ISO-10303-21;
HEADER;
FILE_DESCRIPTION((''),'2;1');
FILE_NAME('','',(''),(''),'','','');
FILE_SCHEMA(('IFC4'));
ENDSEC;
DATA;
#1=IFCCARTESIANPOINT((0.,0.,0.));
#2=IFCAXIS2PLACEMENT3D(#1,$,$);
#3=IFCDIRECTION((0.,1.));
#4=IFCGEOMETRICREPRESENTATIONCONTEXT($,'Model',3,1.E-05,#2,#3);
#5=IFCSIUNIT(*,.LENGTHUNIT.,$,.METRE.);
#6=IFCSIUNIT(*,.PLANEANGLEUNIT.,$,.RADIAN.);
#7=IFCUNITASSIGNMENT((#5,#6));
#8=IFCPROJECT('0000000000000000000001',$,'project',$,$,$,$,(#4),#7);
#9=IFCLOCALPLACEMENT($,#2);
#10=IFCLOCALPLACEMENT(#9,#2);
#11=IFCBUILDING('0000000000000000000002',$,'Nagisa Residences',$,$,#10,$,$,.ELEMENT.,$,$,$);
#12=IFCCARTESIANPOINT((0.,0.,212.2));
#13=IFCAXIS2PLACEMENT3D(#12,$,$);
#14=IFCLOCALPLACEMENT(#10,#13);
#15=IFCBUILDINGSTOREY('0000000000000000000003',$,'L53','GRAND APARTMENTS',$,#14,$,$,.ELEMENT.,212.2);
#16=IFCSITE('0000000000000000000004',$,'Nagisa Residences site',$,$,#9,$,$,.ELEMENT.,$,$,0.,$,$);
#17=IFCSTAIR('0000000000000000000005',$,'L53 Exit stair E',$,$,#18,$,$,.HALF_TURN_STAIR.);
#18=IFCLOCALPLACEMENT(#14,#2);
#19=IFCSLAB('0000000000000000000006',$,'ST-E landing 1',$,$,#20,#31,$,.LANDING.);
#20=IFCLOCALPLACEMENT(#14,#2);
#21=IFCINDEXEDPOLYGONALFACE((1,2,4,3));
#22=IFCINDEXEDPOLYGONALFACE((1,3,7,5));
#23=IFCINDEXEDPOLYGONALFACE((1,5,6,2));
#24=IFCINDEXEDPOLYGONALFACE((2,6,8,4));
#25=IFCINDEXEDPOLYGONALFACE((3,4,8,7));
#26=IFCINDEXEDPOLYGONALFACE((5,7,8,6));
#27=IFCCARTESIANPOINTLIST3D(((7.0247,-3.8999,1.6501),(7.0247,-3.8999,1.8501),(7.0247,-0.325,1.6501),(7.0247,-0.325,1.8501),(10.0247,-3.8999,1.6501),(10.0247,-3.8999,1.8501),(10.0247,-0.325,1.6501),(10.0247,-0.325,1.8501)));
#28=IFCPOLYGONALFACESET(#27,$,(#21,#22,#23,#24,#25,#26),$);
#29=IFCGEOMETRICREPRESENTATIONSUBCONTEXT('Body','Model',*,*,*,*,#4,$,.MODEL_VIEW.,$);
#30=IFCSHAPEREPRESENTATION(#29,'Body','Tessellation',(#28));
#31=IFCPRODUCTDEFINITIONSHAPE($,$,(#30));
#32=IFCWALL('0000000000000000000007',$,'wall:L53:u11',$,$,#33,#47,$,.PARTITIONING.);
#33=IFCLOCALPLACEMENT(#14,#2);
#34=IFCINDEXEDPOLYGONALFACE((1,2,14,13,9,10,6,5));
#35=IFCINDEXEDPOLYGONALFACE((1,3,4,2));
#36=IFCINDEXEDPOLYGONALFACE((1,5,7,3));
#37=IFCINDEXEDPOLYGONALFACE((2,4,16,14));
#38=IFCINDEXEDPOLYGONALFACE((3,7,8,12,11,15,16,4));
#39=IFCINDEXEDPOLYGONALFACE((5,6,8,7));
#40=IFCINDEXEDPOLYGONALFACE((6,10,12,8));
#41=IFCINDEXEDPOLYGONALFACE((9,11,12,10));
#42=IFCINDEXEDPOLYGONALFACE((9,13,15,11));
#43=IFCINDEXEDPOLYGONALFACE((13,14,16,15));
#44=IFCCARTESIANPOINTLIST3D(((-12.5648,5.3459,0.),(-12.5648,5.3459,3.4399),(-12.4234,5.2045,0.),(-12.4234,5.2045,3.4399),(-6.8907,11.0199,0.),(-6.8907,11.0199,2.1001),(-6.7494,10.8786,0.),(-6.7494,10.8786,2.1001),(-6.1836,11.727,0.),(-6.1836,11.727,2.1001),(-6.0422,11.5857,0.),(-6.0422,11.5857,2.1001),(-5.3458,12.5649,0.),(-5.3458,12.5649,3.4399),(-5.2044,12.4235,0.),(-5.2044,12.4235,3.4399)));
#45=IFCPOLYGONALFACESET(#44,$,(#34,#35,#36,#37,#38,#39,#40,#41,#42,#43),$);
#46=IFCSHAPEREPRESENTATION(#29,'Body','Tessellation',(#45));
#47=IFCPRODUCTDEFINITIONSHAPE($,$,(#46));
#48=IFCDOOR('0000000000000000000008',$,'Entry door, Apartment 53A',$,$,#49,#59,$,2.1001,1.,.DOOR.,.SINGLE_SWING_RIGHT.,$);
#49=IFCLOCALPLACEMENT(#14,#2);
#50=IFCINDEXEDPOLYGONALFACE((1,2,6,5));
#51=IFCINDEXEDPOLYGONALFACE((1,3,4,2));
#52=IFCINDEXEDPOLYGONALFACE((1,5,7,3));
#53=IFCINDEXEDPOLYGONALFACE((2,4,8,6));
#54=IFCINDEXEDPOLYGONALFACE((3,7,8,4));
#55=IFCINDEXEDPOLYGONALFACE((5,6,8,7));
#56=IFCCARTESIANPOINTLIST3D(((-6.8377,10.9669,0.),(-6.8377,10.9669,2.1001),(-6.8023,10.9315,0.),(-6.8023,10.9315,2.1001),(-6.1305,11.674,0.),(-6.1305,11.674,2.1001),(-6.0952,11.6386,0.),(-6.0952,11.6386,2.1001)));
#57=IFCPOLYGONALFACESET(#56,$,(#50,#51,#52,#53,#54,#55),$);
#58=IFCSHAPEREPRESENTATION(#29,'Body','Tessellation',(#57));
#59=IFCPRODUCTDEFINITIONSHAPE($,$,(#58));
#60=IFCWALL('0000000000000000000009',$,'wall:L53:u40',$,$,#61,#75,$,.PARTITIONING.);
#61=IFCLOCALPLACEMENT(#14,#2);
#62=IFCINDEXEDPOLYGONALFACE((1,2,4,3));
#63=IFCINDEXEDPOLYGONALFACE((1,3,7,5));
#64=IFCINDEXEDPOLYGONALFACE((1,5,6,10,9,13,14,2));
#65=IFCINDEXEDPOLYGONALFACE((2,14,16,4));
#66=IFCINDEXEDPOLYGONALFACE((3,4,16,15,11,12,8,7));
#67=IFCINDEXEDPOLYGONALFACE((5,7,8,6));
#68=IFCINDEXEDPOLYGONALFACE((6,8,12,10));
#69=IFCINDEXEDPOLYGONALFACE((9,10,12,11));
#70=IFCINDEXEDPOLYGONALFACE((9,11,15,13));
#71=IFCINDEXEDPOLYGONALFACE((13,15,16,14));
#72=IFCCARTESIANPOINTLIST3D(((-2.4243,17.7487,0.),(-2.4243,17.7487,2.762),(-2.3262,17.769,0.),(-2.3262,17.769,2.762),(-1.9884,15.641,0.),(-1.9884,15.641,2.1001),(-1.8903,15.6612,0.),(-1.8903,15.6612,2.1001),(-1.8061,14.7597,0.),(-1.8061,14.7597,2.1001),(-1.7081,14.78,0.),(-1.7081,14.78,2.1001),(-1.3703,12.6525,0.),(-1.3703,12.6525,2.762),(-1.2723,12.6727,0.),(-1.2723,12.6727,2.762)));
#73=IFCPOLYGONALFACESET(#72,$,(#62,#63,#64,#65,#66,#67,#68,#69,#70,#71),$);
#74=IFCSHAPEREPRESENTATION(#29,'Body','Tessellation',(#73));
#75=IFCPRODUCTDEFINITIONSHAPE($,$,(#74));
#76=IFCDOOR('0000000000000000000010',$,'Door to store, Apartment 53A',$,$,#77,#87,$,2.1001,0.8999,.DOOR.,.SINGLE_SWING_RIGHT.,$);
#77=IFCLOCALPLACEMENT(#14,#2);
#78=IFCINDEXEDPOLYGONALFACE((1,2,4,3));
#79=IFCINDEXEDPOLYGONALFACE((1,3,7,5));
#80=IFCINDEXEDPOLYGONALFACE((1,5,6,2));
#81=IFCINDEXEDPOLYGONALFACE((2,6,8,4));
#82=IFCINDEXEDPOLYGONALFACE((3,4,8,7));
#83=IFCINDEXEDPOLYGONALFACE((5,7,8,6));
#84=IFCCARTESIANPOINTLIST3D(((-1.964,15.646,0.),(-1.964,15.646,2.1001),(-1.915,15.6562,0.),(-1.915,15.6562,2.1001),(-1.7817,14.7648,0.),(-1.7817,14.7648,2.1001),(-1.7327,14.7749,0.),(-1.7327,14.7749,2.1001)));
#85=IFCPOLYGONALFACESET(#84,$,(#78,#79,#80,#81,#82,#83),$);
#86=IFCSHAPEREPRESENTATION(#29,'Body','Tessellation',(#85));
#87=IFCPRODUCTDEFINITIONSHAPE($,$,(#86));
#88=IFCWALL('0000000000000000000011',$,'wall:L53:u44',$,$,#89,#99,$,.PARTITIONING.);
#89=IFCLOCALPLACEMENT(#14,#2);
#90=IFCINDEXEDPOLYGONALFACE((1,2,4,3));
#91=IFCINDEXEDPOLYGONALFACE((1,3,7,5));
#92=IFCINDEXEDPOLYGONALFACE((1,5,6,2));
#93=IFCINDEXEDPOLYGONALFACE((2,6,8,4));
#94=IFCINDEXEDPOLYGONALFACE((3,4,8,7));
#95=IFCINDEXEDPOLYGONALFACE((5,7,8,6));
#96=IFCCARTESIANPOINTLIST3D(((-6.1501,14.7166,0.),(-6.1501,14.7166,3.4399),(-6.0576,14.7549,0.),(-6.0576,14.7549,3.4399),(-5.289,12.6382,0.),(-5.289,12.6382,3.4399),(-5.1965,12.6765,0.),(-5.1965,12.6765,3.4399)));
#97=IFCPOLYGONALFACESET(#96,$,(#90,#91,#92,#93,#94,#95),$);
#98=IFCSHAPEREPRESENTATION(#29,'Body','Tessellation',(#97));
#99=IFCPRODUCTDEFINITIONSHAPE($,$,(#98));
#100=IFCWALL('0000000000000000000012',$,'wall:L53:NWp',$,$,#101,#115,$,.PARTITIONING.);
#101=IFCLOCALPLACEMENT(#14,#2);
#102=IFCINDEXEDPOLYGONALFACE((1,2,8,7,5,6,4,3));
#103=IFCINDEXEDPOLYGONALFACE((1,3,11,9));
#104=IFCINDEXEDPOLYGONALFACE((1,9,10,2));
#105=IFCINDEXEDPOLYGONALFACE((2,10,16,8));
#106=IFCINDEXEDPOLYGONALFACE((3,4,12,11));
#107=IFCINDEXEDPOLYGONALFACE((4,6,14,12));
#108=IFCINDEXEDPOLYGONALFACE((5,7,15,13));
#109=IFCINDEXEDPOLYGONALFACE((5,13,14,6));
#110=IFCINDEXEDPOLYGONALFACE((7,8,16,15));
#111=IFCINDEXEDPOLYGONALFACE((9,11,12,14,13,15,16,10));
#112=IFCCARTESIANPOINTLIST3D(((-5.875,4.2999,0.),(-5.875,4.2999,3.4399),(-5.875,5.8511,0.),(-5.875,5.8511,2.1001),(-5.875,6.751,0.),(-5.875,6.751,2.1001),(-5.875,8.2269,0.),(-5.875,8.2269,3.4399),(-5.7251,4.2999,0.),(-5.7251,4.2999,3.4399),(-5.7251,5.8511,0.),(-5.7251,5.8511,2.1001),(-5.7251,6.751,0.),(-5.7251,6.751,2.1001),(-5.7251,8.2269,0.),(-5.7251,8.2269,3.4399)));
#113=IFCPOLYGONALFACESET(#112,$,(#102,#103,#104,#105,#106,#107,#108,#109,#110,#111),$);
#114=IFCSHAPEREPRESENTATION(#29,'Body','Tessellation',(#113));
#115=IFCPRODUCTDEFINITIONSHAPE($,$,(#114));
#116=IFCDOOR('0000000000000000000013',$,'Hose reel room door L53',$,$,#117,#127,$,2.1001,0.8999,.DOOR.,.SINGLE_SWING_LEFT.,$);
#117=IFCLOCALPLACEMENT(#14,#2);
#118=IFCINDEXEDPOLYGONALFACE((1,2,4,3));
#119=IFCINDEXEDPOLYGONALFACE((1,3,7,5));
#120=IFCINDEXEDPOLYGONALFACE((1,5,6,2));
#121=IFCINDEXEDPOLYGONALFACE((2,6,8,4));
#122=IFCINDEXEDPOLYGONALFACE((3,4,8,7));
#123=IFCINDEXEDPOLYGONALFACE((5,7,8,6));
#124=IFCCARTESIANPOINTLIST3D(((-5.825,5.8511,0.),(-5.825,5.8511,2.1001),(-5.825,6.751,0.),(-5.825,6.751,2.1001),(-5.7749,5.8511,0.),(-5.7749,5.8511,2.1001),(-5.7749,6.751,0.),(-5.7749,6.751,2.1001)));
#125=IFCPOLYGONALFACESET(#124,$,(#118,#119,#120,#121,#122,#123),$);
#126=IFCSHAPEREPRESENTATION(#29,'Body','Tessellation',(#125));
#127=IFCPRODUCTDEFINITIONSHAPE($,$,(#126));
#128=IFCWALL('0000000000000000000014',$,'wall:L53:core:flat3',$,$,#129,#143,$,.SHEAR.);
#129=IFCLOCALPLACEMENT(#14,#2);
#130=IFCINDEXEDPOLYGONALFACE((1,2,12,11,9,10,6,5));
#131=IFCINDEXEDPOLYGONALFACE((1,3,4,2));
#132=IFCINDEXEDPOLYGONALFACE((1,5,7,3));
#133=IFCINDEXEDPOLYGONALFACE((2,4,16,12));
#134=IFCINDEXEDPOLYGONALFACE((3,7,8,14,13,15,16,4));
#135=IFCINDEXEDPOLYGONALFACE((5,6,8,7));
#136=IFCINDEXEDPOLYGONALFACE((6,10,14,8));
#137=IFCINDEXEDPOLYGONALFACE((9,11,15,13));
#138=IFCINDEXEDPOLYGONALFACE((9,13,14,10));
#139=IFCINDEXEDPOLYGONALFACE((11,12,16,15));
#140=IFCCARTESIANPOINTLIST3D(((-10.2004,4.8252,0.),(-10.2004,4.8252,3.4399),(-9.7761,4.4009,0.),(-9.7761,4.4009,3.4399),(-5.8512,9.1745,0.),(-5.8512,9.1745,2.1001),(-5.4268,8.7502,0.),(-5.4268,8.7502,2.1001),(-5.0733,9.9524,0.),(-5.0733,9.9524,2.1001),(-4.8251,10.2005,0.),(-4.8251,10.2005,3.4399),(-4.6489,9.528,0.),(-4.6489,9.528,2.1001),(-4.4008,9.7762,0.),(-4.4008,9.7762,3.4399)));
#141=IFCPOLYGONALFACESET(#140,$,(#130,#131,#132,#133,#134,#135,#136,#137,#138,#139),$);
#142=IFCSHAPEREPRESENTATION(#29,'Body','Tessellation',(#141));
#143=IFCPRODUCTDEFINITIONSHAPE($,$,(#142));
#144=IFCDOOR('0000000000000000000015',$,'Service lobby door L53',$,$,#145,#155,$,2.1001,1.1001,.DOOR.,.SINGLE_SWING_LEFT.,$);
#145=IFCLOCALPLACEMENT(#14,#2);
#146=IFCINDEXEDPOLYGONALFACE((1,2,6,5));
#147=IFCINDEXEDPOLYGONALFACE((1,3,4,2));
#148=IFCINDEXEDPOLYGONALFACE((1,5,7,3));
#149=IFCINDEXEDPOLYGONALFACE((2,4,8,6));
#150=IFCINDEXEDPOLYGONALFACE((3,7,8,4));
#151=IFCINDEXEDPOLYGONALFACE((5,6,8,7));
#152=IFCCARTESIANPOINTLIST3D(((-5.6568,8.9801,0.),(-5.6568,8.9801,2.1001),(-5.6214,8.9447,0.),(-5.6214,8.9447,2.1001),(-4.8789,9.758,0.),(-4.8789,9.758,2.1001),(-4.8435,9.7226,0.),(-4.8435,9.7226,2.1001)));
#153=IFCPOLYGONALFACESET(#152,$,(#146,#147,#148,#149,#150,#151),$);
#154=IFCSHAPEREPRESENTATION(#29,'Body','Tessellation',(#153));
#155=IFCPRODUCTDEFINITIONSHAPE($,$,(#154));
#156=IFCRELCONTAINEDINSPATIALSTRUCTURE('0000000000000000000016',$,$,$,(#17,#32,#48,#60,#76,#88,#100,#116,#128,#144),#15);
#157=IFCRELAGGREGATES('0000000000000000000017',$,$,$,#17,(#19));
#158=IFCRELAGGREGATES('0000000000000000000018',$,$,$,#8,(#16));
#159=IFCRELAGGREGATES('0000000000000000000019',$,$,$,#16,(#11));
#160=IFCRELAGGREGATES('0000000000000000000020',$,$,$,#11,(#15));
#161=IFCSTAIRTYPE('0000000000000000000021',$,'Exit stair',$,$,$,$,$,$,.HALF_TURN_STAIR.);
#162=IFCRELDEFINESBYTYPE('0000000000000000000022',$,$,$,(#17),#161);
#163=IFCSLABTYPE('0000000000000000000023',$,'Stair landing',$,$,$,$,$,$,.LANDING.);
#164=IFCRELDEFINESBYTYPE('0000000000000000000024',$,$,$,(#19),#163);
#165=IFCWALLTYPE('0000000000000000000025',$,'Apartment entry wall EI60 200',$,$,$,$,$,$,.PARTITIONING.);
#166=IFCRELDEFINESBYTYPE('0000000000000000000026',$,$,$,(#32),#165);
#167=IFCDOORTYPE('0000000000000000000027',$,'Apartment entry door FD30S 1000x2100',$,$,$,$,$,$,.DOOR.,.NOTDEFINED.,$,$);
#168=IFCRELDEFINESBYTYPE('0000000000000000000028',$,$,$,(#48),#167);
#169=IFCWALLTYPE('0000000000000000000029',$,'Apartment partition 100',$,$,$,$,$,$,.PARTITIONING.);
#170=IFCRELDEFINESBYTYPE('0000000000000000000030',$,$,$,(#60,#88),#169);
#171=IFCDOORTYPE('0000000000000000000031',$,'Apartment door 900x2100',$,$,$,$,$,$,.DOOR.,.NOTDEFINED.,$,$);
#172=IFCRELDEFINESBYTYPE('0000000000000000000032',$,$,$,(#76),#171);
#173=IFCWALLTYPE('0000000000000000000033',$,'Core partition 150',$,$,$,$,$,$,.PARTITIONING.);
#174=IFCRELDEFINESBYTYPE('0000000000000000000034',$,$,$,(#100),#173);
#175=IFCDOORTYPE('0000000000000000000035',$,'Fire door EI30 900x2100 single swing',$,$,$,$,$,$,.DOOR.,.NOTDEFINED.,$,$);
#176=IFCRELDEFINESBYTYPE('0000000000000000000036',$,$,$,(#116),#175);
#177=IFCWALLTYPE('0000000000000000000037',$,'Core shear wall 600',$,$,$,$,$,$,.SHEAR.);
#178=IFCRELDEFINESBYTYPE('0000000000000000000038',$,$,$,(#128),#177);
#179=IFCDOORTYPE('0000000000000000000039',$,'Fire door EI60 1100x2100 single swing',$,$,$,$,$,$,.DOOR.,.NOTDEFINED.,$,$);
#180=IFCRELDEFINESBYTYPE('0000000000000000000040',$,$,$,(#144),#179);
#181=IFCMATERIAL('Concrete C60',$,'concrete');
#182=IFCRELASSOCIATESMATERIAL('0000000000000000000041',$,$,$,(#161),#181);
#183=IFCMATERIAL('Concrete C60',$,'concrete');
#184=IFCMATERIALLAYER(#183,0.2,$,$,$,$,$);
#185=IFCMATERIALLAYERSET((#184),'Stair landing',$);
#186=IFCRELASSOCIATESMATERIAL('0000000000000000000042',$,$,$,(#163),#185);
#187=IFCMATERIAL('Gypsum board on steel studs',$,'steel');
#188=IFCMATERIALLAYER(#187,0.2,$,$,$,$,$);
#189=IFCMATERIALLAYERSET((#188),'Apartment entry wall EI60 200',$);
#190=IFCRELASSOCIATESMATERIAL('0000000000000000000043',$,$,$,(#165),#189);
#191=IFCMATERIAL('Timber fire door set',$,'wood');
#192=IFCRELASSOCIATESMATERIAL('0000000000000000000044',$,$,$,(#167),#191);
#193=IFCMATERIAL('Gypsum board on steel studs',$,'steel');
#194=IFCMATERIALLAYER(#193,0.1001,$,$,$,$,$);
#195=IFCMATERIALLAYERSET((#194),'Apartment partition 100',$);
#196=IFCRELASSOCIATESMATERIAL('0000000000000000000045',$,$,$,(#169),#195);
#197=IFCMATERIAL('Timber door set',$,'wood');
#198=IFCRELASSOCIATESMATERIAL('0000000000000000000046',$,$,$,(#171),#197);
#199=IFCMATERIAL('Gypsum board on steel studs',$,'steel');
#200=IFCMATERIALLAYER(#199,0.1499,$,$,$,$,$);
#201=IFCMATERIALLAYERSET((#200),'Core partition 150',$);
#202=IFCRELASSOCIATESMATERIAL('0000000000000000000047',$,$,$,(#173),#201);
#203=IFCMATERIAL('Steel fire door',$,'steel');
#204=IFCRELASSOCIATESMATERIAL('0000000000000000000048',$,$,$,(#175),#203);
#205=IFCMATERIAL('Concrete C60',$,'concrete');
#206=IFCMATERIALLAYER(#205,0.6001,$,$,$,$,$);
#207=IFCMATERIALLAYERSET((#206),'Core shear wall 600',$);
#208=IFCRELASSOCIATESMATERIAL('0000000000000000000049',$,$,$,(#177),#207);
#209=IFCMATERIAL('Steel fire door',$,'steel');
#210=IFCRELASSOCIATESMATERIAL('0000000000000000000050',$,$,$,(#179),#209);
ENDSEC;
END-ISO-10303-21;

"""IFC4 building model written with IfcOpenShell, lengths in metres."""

from ifc_helpers import new_model, si_unit, direction, frame, frame_2d, origin, place, context, subcontext, project, spatial, polyline, rectangle, outline, extrude, material, layer, layer_set, type_object, element, fill, aggregate, save


model = new_model("IFC4")

# Units and contexts
model_context = context("Model", 3, precision=1e-05, world=origin(), true_north=direction((0.0, 1.0)))
body_context = subcontext(model_context, "Body", "Model", "MODEL_VIEW")
ifc_project = project(units=[si_unit("LENGTHUNIT", "METRE"), si_unit("PLANEANGLEUNIT", "RADIAN")], contexts=[model_context])

# Site, building, storey
site_placement = place(None, origin())
site = spatial("IfcSite", under=ifc_project, at=site_placement, Name="Nagisa Residences site", CompositionType="ELEMENT", RefElevation=0.0)
building_placement = place(site_placement, origin())
building = spatial("IfcBuilding", under=site, at=building_placement, Name="Nagisa Residences", CompositionType="ELEMENT")
storey_placement = place(building_placement, frame((0.0, 0.0, 212.2)))
storey = spatial("IfcBuildingStorey", under=building, at=storey_placement, Name="L53", Description="GRAND APARTMENTS", CompositionType="ELEMENT", Elevation=212.2)

# Stair, slab
ifc_material_1 = material(Name="Concrete C60", Category="concrete")
stair_type = type_object("IfcStairType", Name="Exit stair", PredefinedType="HALF_TURN_STAIR", material=ifc_material_1)
stair_1_placement = place(storey_placement, origin())
stair_1 = element("IfcStair", 1, at=stair_1_placement, inside=storey, type_object=stair_type, Name="L53 Exit stair E", PredefinedType="HALF_TURN_STAIR")
ifc_material_2 = material(Name="Concrete C60", Category="concrete")
ifc_layer_1 = layer(ifc_material_2, 0.2)
ifc_layer_set_1 = layer_set([ifc_layer_1], Name="Stair landing")
slab_type = type_object("IfcSlabType", Name="Stair landing", PredefinedType="LANDING", material=ifc_layer_set_1)
slab_placement = place(storey_placement, frame((0.0, 0.0, 1.6501)))
slab = element("IfcSlab", 2, at=slab_placement, type_object=slab_type, Name="ST-E landing 1", PredefinedType="LANDING", context=body_context, shape_type="SweptSolid", body=[
    extrude(outline(polyline([(7.0247, -0.325), (7.0247, -3.8999), (10.0247, -3.8999), (10.0247, -0.325), (7.0247, -0.325)])), origin(), (0.0, 0.0, 1.0), 0.2),
])
aggregate(stair_1, [slab])

# Walls, openings, doors
ifc_material_3 = material(Name="Gypsum board on steel studs", Category="steel")
ifc_layer_2 = layer(ifc_material_3, 0.2)
ifc_layer_set_2 = layer_set([ifc_layer_2], Name="Apartment entry wall EI60 200")
wall_type_1 = type_object("IfcWallType", Name="Apartment entry wall EI60 200", PredefinedType="PARTITIONING", material=ifc_layer_set_2)
wall_1_placement = place(storey_placement, frame((-5.2751, 12.4941, 0.0), z_axis=(0.0, 0.0, 1.0), x_axis=(-0.707107, -0.707107, 0.0)))
wall_1 = element("IfcWall", 3, at=wall_1_placement, inside=storey, type_object=wall_type_1, Name="wall:L53:u11", PredefinedType="PARTITIONING", context=body_context, shape_type="SweptSolid", body=[
    extrude(rectangle(XDim=10.2092, YDim=0.2, at=frame_2d((5.1045, 0.0))), origin(), (0.0, 0.0, 1.0), 3.4399),
])
opening_1_placement = place(wall_1_placement, frame((1.1848, 0.0, 0.0)))
opening_1 = element("IfcOpeningElement", 4, at=opening_1_placement, cuts=wall_1, PredefinedType="OPENING", context=body_context, shape_type="SweptSolid", body=[
    extrude(rectangle(XDim=1.0, YDim=2.1001, at=frame_2d((0.5, 1.05))), frame((0.0, 0.1099, 0.0), z_axis=(0.0, -1.0, 0.0), x_axis=(1.0, 0.0, 0.0)), (0.0, 0.0, 1.0), 0.22),
])
ifc_material_4 = material(Name="Timber fire door set", Category="wood")
door_type_1 = type_object("IfcDoorType", Name="Apartment entry door FD30S 1000x2100", OperationType="NOTDEFINED", PredefinedType="DOOR", material=ifc_material_4)
door_1_placement = place(opening_1_placement, frame((1.0, 0.0, 0.0), x_axis=(-1.0, 0.0, 0.0)))
door_1 = element("IfcDoor", 5, at=door_1_placement, inside=storey, type_object=door_type_1, Name="Entry door, Apartment 53A", OperationType="SINGLE_SWING_RIGHT", OverallHeight=2.1001, OverallWidth=1.0, PredefinedType="DOOR", context=body_context, shape_type="SweptSolid", body=[
    extrude(rectangle(XDim=1.0, YDim=2.1001, at=frame_2d((0.5, 1.05))), frame((0.0, 0.0249, 0.0), z_axis=(0.0, -1.0, 0.0), x_axis=(1.0, 0.0, 0.0)), (0.0, 0.0, 1.0), 0.05),
])
fill(opening_1, door_1)
ifc_material_5 = material(Name="Gypsum board on steel studs", Category="steel")
ifc_layer_3 = layer(ifc_material_5, 0.1001)
ifc_layer_set_3 = layer_set([ifc_layer_3], Name="Apartment partition 100")
wall_type_2 = type_object("IfcWallType", Name="Apartment partition 100", PredefinedType="PARTITIONING", material=ifc_layer_set_3)
wall_2_placement = place(storey_placement, frame((-1.3213, 12.6626, 0.0), z_axis=(0.0, 0.0, 1.0), x_axis=(-0.202526, 0.979277, 0.0)))
wall_2 = element("IfcWall", 6, at=wall_2_placement, inside=storey, type_object=wall_type_2, Name="wall:L53:u40", PredefinedType="PARTITIONING", context=body_context, shape_type="SweptSolid", body=[
    extrude(rectangle(XDim=5.2041, YDim=0.1001, at=frame_2d((2.6021, 0.0))), origin(), (0.0, 0.0, 1.0), 2.762),
])
opening_2_placement = place(wall_2_placement, frame((2.1519, 0.0, 0.0)))
opening_2 = element("IfcOpeningElement", 7, at=opening_2_placement, cuts=wall_2, PredefinedType="OPENING", context=body_context, shape_type="SweptSolid", body=[
    extrude(rectangle(XDim=0.8999, YDim=2.1001, at=frame_2d((0.45, 1.05))), frame((0.0, 0.0601, 0.0), z_axis=(0.0, -1.0, 0.0), x_axis=(1.0, 0.0, 0.0)), (0.0, 0.0, 1.0), 0.1201),
])
ifc_material_6 = material(Name="Timber door set", Category="wood")
door_type_2 = type_object("IfcDoorType", Name="Apartment door 900x2100", OperationType="NOTDEFINED", PredefinedType="DOOR", material=ifc_material_6)
door_2_placement = place(opening_2_placement, frame((0.8999, 0.0, 0.0), x_axis=(-1.0, 0.0, 0.0)))
door_2 = element("IfcDoor", 8, at=door_2_placement, inside=storey, type_object=door_type_2, Name="Door to store, Apartment 53A", OperationType="SINGLE_SWING_RIGHT", OverallHeight=2.1001, OverallWidth=0.8999, PredefinedType="DOOR", context=body_context, shape_type="SweptSolid", body=[
    extrude(rectangle(XDim=0.8999, YDim=2.1001, at=frame_2d((0.45, 1.05))), frame((0.0, 0.0249, 0.0), z_axis=(0.0, -1.0, 0.0), x_axis=(1.0, 0.0, 0.0)), (0.0, 0.0, 1.0), 0.05),
])
fill(opening_2, door_2)

# Wall
wall_3_placement = place(storey_placement, frame((-5.2427, 12.6572, 0.0), z_axis=(0.0, 0.0, 1.0), x_axis=(-0.382758, 0.923849, 0.0)))
element("IfcWall", 9, at=wall_3_placement, inside=storey, type_object=wall_type_2, Name="wall:L53:u44", PredefinedType="PARTITIONING", context=body_context, shape_type="SweptSolid", body=[
    extrude(rectangle(XDim=2.2498, YDim=0.1001, at=frame_2d((1.125, 0.0))), origin(), (0.0, 0.0, 1.0), 3.4399),
])

# Walls, openings, doors
ifc_material_7 = material(Name="Gypsum board on steel studs", Category="steel")
ifc_layer_4 = layer(ifc_material_7, 0.1499)
ifc_layer_set_4 = layer_set([ifc_layer_4], Name="Core partition 150")
wall_type_3 = type_object("IfcWallType", Name="Core partition 150", PredefinedType="PARTITIONING", material=ifc_layer_set_4)
wall_4_placement = place(storey_placement, frame((-5.8, 4.3, 0.0), z_axis=(0.0, 0.0, 1.0), x_axis=(0.0, 1.0, 0.0)))
wall_4 = element("IfcWall", 10, at=wall_4_placement, inside=storey, type_object=wall_type_3, Name="wall:L53:NWp", PredefinedType="PARTITIONING", context=body_context, shape_type="SweptSolid", body=[
    extrude(rectangle(XDim=3.927, YDim=0.1499, at=frame_2d((1.9634, 0.0))), origin(), (0.0, 0.0, 1.0), 3.4399),
])
opening_3_placement = place(wall_4_placement, frame((1.551, 0.0, 0.0)))
opening_3 = element("IfcOpeningElement", 11, at=opening_3_placement, cuts=wall_4, PredefinedType="OPENING", context=body_context, shape_type="SweptSolid", body=[
    extrude(rectangle(XDim=0.8999, YDim=2.1001, at=frame_2d((0.45, 1.05))), frame((0.0, 0.085, 0.0), z_axis=(0.0, -1.0, 0.0), x_axis=(1.0, 0.0, 0.0)), (0.0, 0.0, 1.0), 0.1699),
])
ifc_material_8 = material(Name="Steel fire door", Category="steel")
door_type_3 = type_object("IfcDoorType", Name="Fire door EI30 900x2100 single swing", OperationType="NOTDEFINED", PredefinedType="DOOR", material=ifc_material_8)
door_3_placement = place(opening_3_placement, origin())
door_3 = element("IfcDoor", 12, at=door_3_placement, inside=storey, type_object=door_type_3, Name="Hose reel room door L53", OperationType="SINGLE_SWING_LEFT", OverallHeight=2.1001, OverallWidth=0.8999, PredefinedType="DOOR", context=body_context, shape_type="SweptSolid", body=[
    extrude(rectangle(XDim=0.8999, YDim=2.1001, at=frame_2d((0.45, 1.05))), frame((0.0, 0.0249, 0.0), z_axis=(0.0, -1.0, 0.0), x_axis=(1.0, 0.0, 0.0)), (0.0, 0.0, 1.0), 0.05),
])
fill(opening_3, door_3)
ifc_material_9 = material(Name="Concrete C60", Category="concrete")
ifc_layer_5 = layer(ifc_material_9, 0.6001)
ifc_layer_set_5 = layer_set([ifc_layer_5], Name="Core shear wall 600")
wall_type_4 = type_object("IfcWallType", Name="Core shear wall 600", PredefinedType="SHEAR", material=ifc_layer_set_5)
wall_5_placement = place(storey_placement, frame((-4.613, 9.9883, 0.0), z_axis=(0.0, 0.0, 1.0), x_axis=(-0.707107, -0.707107, 0.0)))
wall_5 = element("IfcWall", 13, at=wall_5_placement, inside=storey, type_object=wall_type_4, Name="wall:L53:core:flat3", PredefinedType="SHEAR", context=body_context, shape_type="SweptSolid", body=[
    extrude(rectangle(XDim=7.6018, YDim=0.6001, at=frame_2d((3.8008, 0.0))), origin(), (0.0, 0.0, 1.0), 3.4399),
])
opening_4_placement = place(wall_5_placement, frame((0.3508, 0.0, 0.0)))
opening_4 = element("IfcOpeningElement", 14, at=opening_4_placement, cuts=wall_5, PredefinedType="OPENING", context=body_context, shape_type="SweptSolid", body=[
    extrude(rectangle(XDim=1.1001, YDim=2.1001, at=frame_2d((0.55, 1.05))), frame((0.0, 0.3101, 0.0), z_axis=(0.0, -1.0, 0.0), x_axis=(1.0, 0.0, 0.0)), (0.0, 0.0, 1.0), 0.6201),
])
ifc_material_10 = material(Name="Steel fire door", Category="steel")
door_type_4 = type_object("IfcDoorType", Name="Fire door EI60 1100x2100 single swing", OperationType="NOTDEFINED", PredefinedType="DOOR", material=ifc_material_10)
door_4_placement = place(opening_4_placement, origin())
door_4 = element("IfcDoor", 15, at=door_4_placement, inside=storey, type_object=door_type_4, Name="Service lobby door L53", OperationType="SINGLE_SWING_LEFT", OverallHeight=2.1001, OverallWidth=1.1001, PredefinedType="DOOR", context=body_context, shape_type="SweptSolid", body=[
    extrude(rectangle(XDim=1.1001, YDim=2.1001, at=frame_2d((0.55, 1.05))), frame((0.0, 0.0249, 0.0), z_axis=(0.0, -1.0, 0.0), x_axis=(1.0, 0.0, 0.0)), (0.0, 0.0, 1.0), 0.05),
])
fill(opening_4, door_4)

save(model, "model.ifc")
